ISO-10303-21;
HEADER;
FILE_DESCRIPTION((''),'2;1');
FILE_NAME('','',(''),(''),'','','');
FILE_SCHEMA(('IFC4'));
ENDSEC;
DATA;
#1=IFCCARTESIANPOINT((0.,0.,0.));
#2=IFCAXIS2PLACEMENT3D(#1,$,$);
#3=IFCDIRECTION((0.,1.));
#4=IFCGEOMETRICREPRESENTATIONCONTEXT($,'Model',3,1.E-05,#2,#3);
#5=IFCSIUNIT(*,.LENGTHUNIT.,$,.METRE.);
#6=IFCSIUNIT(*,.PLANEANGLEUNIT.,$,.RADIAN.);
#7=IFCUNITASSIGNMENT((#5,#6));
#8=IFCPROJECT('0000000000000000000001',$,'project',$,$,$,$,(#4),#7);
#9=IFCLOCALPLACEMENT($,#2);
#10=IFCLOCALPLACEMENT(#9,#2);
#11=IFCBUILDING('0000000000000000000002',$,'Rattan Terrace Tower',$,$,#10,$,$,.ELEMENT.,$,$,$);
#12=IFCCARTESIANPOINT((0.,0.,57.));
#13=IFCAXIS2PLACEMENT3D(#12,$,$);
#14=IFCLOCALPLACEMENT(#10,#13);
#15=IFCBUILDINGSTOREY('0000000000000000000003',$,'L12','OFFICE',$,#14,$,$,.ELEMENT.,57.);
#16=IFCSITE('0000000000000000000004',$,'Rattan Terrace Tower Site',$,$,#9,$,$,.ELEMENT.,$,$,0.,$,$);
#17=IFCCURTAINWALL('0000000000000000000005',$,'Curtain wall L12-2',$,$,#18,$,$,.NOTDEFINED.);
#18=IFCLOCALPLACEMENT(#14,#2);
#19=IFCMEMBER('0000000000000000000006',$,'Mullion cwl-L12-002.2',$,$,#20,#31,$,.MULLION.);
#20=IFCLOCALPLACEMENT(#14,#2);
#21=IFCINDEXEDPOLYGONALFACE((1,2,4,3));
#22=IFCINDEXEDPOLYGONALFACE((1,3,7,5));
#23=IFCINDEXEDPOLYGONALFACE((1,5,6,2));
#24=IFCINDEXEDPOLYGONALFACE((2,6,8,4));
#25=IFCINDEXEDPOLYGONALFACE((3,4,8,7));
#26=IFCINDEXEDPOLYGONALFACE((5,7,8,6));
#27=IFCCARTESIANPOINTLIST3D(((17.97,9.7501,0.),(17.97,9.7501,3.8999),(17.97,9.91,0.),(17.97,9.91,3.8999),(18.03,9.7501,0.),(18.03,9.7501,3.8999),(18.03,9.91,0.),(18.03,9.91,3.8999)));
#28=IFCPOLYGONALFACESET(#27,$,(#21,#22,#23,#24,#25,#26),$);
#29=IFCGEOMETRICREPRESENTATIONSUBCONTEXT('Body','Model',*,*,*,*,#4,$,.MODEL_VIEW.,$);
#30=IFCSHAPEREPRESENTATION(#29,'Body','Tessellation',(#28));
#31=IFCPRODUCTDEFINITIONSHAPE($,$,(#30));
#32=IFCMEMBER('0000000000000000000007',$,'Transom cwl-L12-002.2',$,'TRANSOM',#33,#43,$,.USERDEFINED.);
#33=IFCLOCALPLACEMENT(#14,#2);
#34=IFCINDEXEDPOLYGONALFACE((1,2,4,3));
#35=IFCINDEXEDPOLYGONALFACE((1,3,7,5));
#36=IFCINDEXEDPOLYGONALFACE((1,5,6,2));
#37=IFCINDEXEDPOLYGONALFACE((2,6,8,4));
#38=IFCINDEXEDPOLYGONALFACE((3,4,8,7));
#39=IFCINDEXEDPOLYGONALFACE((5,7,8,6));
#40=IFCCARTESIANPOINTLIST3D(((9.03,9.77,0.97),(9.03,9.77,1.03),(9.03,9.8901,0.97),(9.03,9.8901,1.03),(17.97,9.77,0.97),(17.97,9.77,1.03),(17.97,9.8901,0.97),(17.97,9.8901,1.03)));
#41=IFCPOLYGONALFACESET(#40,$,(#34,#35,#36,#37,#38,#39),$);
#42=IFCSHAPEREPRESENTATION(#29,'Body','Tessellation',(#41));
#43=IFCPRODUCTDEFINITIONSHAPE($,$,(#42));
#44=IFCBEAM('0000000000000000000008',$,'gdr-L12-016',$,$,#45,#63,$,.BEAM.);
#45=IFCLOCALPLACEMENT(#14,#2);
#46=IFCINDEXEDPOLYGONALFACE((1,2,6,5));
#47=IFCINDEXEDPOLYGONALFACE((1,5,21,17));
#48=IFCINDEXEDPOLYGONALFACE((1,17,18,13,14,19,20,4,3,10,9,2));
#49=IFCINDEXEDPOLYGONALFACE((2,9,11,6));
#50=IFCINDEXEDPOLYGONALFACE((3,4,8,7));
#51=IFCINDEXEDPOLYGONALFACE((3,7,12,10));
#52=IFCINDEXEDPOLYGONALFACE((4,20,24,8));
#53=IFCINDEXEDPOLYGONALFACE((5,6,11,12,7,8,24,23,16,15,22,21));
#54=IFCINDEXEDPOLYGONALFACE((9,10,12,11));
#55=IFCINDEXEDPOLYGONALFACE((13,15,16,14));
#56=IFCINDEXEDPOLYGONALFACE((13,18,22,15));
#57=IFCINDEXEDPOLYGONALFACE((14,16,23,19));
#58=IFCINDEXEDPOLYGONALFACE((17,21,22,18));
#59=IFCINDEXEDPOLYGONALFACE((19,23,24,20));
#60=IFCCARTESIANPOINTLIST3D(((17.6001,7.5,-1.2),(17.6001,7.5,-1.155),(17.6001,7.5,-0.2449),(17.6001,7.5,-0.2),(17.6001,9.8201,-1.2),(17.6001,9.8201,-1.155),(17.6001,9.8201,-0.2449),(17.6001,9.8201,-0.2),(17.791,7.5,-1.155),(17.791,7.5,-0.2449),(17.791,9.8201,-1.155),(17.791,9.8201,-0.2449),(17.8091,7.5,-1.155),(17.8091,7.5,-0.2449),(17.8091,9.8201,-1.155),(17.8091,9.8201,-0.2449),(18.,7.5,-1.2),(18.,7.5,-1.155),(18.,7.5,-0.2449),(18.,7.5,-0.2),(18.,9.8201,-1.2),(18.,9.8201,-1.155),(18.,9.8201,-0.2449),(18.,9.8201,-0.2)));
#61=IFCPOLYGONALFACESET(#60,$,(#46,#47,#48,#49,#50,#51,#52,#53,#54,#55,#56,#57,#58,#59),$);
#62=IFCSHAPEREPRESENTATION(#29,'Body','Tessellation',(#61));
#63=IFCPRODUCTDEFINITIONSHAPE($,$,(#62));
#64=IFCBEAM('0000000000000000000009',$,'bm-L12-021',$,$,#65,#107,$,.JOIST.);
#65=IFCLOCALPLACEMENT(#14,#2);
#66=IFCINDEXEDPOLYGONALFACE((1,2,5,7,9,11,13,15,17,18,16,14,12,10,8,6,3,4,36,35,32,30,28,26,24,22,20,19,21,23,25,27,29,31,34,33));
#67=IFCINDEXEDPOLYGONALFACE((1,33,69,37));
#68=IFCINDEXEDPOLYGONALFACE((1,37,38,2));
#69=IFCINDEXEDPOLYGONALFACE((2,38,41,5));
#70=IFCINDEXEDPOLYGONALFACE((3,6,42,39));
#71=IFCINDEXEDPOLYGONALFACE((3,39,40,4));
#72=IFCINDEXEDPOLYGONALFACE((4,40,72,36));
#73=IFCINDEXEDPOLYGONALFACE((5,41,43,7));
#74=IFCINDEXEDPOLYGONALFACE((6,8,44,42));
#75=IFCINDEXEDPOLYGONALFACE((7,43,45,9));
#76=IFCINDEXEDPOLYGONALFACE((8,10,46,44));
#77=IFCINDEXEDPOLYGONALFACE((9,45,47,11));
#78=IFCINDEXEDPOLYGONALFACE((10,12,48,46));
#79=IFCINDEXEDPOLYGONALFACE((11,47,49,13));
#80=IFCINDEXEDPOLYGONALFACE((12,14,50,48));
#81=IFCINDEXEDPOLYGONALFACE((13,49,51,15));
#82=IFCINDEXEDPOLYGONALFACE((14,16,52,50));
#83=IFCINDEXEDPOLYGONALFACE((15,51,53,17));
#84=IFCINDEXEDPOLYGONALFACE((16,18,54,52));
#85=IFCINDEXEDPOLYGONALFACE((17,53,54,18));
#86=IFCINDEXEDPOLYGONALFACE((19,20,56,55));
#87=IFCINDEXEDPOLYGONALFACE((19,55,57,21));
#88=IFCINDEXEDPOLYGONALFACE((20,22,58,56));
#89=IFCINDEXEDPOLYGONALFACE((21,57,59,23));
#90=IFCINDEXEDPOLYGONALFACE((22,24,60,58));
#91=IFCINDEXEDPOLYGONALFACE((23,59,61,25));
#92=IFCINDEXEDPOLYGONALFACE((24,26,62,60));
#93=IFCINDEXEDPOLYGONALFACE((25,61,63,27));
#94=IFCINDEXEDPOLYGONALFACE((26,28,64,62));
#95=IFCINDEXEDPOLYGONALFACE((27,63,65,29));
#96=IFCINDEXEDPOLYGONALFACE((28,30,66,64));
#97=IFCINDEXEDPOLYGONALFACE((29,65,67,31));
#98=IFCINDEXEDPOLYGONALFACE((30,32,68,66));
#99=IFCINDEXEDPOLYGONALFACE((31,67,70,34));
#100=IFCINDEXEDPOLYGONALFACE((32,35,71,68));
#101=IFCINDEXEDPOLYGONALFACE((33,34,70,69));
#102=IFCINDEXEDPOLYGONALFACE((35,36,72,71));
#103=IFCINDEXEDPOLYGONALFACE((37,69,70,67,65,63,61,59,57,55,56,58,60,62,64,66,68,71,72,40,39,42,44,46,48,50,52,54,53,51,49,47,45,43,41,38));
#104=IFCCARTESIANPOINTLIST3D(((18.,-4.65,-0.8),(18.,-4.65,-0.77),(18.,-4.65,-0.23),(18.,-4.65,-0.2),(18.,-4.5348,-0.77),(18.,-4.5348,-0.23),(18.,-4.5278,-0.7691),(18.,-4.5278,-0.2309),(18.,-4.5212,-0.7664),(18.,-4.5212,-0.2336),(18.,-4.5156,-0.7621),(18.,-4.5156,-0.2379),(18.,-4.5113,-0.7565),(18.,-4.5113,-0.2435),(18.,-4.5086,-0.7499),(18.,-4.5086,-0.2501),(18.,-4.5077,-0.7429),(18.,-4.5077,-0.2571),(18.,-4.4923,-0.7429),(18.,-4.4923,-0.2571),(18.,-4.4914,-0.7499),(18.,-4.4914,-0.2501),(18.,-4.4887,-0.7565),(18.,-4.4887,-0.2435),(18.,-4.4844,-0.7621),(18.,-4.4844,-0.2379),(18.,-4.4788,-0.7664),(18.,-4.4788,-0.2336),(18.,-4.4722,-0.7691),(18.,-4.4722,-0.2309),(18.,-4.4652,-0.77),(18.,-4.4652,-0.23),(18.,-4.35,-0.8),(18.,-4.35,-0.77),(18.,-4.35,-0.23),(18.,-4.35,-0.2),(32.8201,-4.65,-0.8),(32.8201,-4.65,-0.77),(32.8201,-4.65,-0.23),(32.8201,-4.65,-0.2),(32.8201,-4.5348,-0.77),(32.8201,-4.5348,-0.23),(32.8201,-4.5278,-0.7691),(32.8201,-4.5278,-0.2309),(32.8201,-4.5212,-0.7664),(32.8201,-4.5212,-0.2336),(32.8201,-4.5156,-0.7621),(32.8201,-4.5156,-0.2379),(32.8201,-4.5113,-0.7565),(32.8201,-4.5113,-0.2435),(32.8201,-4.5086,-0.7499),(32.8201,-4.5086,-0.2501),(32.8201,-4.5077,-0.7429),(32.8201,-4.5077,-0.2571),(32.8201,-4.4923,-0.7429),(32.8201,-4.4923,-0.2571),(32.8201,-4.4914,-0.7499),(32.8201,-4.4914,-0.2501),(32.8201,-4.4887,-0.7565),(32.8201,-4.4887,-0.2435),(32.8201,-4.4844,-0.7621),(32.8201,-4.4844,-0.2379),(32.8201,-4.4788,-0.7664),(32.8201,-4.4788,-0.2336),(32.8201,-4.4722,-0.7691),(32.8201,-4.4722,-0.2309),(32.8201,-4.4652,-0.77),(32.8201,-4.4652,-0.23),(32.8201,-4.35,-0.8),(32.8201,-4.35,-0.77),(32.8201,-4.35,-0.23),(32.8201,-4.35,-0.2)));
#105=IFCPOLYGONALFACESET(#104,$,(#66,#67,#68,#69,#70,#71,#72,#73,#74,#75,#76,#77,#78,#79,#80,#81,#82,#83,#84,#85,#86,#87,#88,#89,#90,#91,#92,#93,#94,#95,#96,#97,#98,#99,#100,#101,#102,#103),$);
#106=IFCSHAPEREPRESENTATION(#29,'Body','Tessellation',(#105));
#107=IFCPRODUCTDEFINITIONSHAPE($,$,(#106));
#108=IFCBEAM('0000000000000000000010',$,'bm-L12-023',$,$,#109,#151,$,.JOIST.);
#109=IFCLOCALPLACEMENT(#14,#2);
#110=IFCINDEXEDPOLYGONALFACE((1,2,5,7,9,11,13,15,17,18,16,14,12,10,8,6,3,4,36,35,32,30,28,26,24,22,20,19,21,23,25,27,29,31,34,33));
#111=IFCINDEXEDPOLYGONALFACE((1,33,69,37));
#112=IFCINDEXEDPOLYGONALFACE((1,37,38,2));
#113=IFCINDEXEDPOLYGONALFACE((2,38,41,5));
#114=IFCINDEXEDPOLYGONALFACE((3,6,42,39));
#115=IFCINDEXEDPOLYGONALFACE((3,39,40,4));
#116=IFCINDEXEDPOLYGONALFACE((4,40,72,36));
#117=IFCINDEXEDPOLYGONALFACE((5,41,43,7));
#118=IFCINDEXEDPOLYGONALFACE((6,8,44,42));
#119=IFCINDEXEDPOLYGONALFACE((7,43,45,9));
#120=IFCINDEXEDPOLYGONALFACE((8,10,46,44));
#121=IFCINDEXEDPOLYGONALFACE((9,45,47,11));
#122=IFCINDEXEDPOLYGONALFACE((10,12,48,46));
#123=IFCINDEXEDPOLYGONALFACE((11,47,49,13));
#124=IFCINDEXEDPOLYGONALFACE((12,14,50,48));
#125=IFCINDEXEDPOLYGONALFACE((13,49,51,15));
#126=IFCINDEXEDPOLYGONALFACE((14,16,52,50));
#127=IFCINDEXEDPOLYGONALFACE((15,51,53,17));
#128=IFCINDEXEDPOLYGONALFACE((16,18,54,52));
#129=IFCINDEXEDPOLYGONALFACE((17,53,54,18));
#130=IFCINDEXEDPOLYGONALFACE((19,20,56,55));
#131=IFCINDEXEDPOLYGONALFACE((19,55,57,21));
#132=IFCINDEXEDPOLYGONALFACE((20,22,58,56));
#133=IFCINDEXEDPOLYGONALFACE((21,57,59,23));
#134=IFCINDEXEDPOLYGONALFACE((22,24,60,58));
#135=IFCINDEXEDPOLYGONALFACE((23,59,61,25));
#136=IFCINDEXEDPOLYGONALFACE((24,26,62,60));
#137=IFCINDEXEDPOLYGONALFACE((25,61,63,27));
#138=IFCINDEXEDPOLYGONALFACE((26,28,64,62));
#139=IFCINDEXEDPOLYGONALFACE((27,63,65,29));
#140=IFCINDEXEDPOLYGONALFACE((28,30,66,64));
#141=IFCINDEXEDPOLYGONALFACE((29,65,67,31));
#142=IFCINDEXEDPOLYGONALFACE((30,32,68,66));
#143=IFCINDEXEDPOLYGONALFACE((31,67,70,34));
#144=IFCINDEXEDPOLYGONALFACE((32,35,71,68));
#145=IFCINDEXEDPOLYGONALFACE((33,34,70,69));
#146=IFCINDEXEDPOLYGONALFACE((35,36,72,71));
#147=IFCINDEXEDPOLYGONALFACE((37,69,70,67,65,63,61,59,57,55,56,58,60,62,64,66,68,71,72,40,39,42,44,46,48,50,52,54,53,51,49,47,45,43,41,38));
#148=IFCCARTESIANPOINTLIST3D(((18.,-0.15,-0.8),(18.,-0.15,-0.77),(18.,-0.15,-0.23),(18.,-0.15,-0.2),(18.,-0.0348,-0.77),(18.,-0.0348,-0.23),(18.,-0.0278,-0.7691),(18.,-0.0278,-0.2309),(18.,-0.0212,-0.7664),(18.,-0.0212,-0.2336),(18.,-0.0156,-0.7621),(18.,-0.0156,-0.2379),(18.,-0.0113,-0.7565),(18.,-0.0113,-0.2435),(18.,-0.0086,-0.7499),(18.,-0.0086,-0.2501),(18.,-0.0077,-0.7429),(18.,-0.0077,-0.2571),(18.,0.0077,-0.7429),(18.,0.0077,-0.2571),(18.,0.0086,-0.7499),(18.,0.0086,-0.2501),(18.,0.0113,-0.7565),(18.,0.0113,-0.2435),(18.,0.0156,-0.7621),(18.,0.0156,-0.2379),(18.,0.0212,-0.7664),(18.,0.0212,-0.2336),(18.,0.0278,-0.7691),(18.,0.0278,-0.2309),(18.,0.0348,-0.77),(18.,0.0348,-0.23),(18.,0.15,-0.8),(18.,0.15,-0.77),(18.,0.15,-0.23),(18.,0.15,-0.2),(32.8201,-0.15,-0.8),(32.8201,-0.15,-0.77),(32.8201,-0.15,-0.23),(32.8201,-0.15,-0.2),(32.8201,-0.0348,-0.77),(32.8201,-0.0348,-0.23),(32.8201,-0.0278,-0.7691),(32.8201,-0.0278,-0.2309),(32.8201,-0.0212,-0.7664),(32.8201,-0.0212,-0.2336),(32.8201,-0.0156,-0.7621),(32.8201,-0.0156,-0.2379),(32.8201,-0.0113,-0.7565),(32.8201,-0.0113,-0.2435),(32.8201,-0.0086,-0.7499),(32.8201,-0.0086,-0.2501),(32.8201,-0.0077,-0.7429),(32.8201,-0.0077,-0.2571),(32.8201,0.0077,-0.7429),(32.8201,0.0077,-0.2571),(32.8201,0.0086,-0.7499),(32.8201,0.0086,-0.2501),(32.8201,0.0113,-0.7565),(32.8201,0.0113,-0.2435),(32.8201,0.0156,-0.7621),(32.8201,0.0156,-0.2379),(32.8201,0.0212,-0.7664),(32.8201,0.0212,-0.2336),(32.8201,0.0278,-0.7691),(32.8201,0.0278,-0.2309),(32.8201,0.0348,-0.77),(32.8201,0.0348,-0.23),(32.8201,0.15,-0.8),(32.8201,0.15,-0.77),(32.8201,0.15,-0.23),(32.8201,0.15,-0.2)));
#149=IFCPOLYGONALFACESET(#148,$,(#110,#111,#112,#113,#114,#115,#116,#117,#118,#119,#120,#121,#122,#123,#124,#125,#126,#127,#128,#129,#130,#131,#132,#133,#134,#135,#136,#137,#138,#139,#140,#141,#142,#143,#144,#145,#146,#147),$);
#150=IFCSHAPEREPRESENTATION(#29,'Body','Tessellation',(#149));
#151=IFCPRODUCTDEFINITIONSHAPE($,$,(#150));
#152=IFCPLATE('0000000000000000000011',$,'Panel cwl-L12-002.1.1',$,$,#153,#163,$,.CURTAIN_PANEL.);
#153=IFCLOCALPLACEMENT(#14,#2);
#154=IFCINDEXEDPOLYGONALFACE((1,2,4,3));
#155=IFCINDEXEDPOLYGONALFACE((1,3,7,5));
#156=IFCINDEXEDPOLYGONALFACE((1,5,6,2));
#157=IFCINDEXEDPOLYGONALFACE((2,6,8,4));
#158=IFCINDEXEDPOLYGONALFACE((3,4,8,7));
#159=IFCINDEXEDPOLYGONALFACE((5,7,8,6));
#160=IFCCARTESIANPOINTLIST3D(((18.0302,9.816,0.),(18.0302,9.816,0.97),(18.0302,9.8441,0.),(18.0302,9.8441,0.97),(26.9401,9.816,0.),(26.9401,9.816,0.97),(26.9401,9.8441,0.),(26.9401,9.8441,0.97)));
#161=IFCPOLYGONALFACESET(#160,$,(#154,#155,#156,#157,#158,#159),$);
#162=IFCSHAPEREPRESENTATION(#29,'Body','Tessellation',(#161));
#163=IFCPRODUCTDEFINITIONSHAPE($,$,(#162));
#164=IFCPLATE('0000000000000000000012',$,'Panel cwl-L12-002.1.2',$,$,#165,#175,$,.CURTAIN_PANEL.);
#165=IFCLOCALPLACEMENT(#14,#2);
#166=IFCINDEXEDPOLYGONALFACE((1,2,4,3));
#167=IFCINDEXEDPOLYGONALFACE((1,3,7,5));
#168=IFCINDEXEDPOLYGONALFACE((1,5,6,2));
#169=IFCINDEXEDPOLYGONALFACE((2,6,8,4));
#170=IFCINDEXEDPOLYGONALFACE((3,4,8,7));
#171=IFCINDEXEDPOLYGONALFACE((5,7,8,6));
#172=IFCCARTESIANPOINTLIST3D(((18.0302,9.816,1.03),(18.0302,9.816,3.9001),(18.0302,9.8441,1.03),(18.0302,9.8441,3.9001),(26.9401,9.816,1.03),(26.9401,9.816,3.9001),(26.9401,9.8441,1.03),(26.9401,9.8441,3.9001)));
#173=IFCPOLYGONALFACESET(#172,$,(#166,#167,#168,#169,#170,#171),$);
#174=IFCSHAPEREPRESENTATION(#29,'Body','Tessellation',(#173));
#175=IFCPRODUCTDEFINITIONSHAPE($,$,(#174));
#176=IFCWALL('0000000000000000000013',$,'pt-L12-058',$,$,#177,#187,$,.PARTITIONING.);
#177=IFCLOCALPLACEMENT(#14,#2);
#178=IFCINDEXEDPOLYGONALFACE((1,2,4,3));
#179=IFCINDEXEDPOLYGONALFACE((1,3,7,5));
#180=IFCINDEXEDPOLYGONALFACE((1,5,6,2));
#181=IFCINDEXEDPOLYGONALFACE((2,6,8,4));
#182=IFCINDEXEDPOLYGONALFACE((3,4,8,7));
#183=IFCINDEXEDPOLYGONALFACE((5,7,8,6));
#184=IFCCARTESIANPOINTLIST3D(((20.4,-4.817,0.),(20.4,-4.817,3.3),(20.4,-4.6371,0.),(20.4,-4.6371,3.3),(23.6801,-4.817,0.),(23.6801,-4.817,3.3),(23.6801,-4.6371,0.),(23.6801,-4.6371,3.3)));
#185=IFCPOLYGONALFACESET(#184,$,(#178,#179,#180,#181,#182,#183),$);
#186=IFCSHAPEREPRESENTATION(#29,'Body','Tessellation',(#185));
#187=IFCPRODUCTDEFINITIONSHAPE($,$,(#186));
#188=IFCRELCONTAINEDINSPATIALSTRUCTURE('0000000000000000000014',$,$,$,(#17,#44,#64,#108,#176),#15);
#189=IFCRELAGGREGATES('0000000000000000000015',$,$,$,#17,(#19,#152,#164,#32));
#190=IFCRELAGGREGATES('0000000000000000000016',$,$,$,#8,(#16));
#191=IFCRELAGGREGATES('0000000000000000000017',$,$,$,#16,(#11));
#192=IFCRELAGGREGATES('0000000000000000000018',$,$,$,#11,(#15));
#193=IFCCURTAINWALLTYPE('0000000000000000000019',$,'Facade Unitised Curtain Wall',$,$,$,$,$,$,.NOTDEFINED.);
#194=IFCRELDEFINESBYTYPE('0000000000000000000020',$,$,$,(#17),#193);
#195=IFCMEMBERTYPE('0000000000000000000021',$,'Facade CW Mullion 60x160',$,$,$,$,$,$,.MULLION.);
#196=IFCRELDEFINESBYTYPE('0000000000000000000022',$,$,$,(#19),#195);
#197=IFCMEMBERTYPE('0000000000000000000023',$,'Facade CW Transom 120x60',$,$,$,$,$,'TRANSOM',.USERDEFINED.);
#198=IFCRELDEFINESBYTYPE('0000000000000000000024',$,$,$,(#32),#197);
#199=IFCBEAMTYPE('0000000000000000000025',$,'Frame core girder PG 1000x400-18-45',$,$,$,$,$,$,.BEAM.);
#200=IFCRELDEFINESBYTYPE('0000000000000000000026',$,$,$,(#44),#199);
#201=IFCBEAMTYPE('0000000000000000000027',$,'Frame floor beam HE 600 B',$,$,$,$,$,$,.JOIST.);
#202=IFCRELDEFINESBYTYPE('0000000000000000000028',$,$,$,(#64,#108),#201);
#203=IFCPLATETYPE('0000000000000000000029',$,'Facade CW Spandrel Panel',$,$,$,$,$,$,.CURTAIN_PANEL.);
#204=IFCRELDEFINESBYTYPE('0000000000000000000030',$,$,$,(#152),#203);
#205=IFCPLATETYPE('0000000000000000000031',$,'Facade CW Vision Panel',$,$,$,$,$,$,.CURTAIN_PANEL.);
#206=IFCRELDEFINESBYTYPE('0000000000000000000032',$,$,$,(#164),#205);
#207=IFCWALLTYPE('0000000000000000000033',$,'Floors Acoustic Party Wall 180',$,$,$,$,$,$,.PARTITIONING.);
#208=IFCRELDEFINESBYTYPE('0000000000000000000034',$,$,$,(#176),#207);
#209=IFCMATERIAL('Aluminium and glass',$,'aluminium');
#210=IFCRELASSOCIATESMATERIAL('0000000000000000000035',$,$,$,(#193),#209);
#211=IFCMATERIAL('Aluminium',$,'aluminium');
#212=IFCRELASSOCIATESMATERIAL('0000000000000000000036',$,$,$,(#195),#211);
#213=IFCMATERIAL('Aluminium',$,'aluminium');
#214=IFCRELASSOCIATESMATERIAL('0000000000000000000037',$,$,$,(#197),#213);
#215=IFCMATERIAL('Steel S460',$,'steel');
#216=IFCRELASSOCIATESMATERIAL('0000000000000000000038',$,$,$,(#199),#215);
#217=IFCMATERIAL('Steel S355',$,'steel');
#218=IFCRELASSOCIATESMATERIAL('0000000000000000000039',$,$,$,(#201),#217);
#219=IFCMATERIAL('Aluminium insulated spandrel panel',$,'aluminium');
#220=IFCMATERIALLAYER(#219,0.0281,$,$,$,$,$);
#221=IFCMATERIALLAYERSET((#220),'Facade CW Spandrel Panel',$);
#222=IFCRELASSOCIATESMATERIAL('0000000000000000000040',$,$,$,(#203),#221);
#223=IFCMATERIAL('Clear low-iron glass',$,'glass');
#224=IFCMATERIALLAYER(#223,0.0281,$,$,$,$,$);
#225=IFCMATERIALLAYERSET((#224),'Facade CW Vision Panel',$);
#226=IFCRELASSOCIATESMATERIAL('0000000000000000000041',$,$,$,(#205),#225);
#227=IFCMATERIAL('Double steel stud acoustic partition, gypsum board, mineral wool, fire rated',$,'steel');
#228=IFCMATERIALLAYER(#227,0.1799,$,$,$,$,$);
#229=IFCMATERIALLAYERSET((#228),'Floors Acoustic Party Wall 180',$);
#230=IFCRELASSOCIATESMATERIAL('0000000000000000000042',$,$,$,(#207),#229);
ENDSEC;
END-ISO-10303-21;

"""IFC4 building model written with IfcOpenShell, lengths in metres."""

from ifc_helpers import new_model, si_unit, direction, frame, frame_2d, origin, origin_2d, place, context, subcontext, project, spatial, rectangle, i_section, extrude, material, layer, layer_set, material_profile, profile_set, type_object, element, aggregate, save


model = new_model("IFC4")

# Units and contexts
model_context = context("Model", 3, precision=1e-05, world=origin(), true_north=direction((0.0, 1.0)))
body_context = subcontext(model_context, "Body", "Model", "MODEL_VIEW")
ifc_project = project(units=[si_unit("LENGTHUNIT", "METRE"), si_unit("PLANEANGLEUNIT", "RADIAN")], contexts=[model_context])

# Site, building, storey
site_placement = place(None, origin())
site = spatial("IfcSite", under=ifc_project, at=site_placement, Name="Rattan Terrace Tower Site", CompositionType="ELEMENT", RefElevation=0.0)
building_placement = place(site_placement, origin())
building = spatial("IfcBuilding", under=site, at=building_placement, Name="Rattan Terrace Tower", CompositionType="ELEMENT")
storey_placement = place(building_placement, frame((0.0, 0.0, 57.0)))
storey = spatial("IfcBuildingStorey", under=building, at=storey_placement, Name="L12", Description="OFFICE", CompositionType="ELEMENT", Elevation=57.0)

# Curtain wall, members
ifc_material_1 = material(Name="Aluminium and glass", Category="aluminium")
curtain_wall_type = type_object("IfcCurtainWallType", Name="Facade Unitised Curtain Wall", PredefinedType="NOTDEFINED", material=ifc_material_1)
curtain_wall_placement = place(storey_placement, origin())
curtain_wall = element("IfcCurtainWall", 1, at=curtain_wall_placement, inside=storey, type_object=curtain_wall_type, Name="Curtain wall L12-2", PredefinedType="NOTDEFINED")
ifc_material_2 = material(Name="Aluminium", Category="aluminium")
ifc_material_profile_1 = material_profile(ifc_material_2, rectangle(XDim=0.0601, YDim=0.1599, at=origin_2d()), Name="Aluminium 60x160")
ifc_profile_set_1 = profile_set([ifc_material_profile_1], Name="Aluminium")
member_type_1 = type_object("IfcMemberType", Name="Facade CW Mullion 60x160", PredefinedType="MULLION", material=ifc_profile_set_1)
member_1_placement = place(storey_placement, frame((18.0, 9.8301, 0.0), z_axis=(0.0, 0.0, 1.0), x_axis=(-1.0, 0.0, 0.0)))
member_1 = element("IfcMember", 2, at=member_1_placement, type_object=member_type_1, Name="Mullion cwl-L12-002.2", PredefinedType="MULLION", context=body_context, shape_type="SweptSolid", body=[
    extrude(rectangle(XDim=0.0601, YDim=0.1599, at=origin_2d()), origin(), (0.0, 0.0, 1.0), 3.8999),
])
ifc_material_3 = material(Name="Aluminium", Category="aluminium")
ifc_material_profile_2 = material_profile(ifc_material_3, rectangle(XDim=0.1201, YDim=0.0601, at=origin_2d()), Name="Aluminium 120x60")
ifc_profile_set_2 = profile_set([ifc_material_profile_2], Name="Aluminium")
member_type_2 = type_object("IfcMemberType", Name="Facade CW Transom 120x60", ElementType="TRANSOM", PredefinedType="USERDEFINED", material=ifc_profile_set_2)
member_2_placement = place(storey_placement, frame((17.97, 9.8301, 1.0), z_axis=(-1.0, 0.0, 0.0), x_axis=(0.0, -1.0, 0.0)))
member_2 = element("IfcMember", 3, at=member_2_placement, type_object=member_type_2, Name="Transom cwl-L12-002.2", ObjectType="TRANSOM", PredefinedType="USERDEFINED", context=body_context, shape_type="SweptSolid", body=[
    extrude(rectangle(XDim=0.1201, YDim=0.0601, at=origin_2d()), origin(), (0.0, 0.0, 1.0), 8.9399),
])

# Beams
ifc_material_4 = material(Name="Steel S460", Category="steel")
ifc_material_profile_3 = material_profile(ifc_material_4, i_section(OverallWidth=0.3999, OverallDepth=1.0, WebThickness=0.0181, FlangeThickness=0.0449, at=origin_2d()), Name="PG 1000x400-18-45")
ifc_profile_set_3 = profile_set([ifc_material_profile_3], Name="Steel S460")
beam_type_1 = type_object("IfcBeamType", Name="Frame core girder PG 1000x400-18-45", PredefinedType="BEAM", material=ifc_profile_set_3)
beam_placement = place(storey_placement, frame((17.8, 7.5, -0.7), z_axis=(0.0, 1.0, 0.0), x_axis=(-1.0, 0.0, 0.0)))
element("IfcBeam", 4, at=beam_placement, inside=storey, type_object=beam_type_1, Name="gdr-L12-016", PredefinedType="BEAM", context=body_context, shape_type="SweptSolid", body=[
    extrude(i_section(OverallWidth=0.3999, OverallDepth=1.0, WebThickness=0.0181, FlangeThickness=0.0449, at=origin_2d()), origin(), (0.0, 0.0, 1.0), 2.3201),
])
ifc_material_5 = material(Name="Steel S355", Category="steel")
ifc_material_profile_4 = material_profile(ifc_material_5, i_section(OverallWidth=0.3, OverallDepth=0.6001, WebThickness=0.0154, FlangeThickness=0.03, FilletRadius=0.0271, at=origin_2d()), Name="HE 600 B")
ifc_profile_set_4 = profile_set([ifc_material_profile_4], Name="Steel S355")
beam_type_2 = type_object("IfcBeamType", Name="Frame floor beam HE 600 B", PredefinedType="JOIST", material=ifc_profile_set_4)
for number, where, z_axis, x_axis, name in (
    (5, (18.0, -4.5, -0.5), (1.0, 0.0, 0.0), (0.0, 1.0, 0.0), "bm-L12-021"),
    (6, (18.0, 0.0, -0.5), (1.0, 0.0, 0.0), (0.0, 1.0, 0.0), "bm-L12-023"),
):
    element("IfcBeam", number, at=place(storey_placement, frame(where, z_axis=z_axis, x_axis=x_axis)), inside=storey, type_object=beam_type_2, Name=name, PredefinedType="JOIST", context=body_context, shape_type="SweptSolid", body=[
        extrude(i_section(OverallWidth=0.3, OverallDepth=0.6001, WebThickness=0.0154, FlangeThickness=0.03, FilletRadius=0.0271, at=origin_2d()), origin(), (0.0, 0.0, 1.0), 14.8201),
    ])

# Plates
ifc_material_6 = material(Name="Aluminium insulated spandrel panel", Category="aluminium")
ifc_layer_1 = layer(ifc_material_6, 0.0281)
ifc_layer_set_1 = layer_set([ifc_layer_1], Name="Facade CW Spandrel Panel")
plate_type_1 = type_object("IfcPlateType", Name="Facade CW Spandrel Panel", PredefinedType="CURTAIN_PANEL", material=ifc_layer_set_1)
plate_1_placement = place(storey_placement, frame((22.4851, 9.8301, 0.0), z_axis=(0.0, 0.0, 1.0), x_axis=(-1.0, 0.0, 0.0)))
plate_1 = element("IfcPlate", 7, at=plate_1_placement, type_object=plate_type_1, Name="Panel cwl-L12-002.1.1", PredefinedType="CURTAIN_PANEL", context=body_context, shape_type="SweptSolid", body=[
    extrude(rectangle(XDim=8.9099, YDim=0.0281, at=origin_2d()), origin(), (0.0, 0.0, 1.0), 0.97),
])
ifc_material_7 = material(Name="Clear low-iron glass", Category="glass")
ifc_layer_2 = layer(ifc_material_7, 0.0281)
ifc_layer_set_2 = layer_set([ifc_layer_2], Name="Facade CW Vision Panel")
plate_type_2 = type_object("IfcPlateType", Name="Facade CW Vision Panel", PredefinedType="CURTAIN_PANEL", material=ifc_layer_set_2)
plate_2_placement = place(storey_placement, frame((22.4851, 9.8301, 1.03), z_axis=(0.0, 0.0, 1.0), x_axis=(-1.0, 0.0, 0.0)))
plate_2 = element("IfcPlate", 8, at=plate_2_placement, type_object=plate_type_2, Name="Panel cwl-L12-002.1.2", PredefinedType="CURTAIN_PANEL", context=body_context, shape_type="SweptSolid", body=[
    extrude(rectangle(XDim=8.9099, YDim=0.0281, at=origin_2d()), origin(), (0.0, 0.0, 1.0), 2.8701),
])
aggregate(curtain_wall, [member_1, plate_1, plate_2, member_2])

# Wall
ifc_material_8 = material(Name="Double steel stud acoustic partition, gypsum board, mineral wool, fire rated", Category="steel")
ifc_layer_3 = layer(ifc_material_8, 0.1799)
ifc_layer_set_3 = layer_set([ifc_layer_3], Name="Floors Acoustic Party Wall 180")
wall_type_1 = type_object("IfcWallType", Name="Floors Acoustic Party Wall 180", PredefinedType="PARTITIONING", material=ifc_layer_set_3)
wall_1_placement = place(storey_placement, frame((20.3999, -4.7271, 0.0), z_axis=(0.0, 0.0, 1.0), x_axis=(1.0, 0.0, 0.0)))
element("IfcWall", 9, at=wall_1_placement, inside=storey, type_object=wall_type_1, Name="pt-L12-058", PredefinedType="PARTITIONING", context=body_context, shape_type="SweptSolid", body=[
    extrude(rectangle(XDim=3.28, YDim=0.1799, at=frame_2d((1.6401, 0.0))), origin(), (0.0, 0.0, 1.0), 3.3),
])

save(model, "model.ifc")
